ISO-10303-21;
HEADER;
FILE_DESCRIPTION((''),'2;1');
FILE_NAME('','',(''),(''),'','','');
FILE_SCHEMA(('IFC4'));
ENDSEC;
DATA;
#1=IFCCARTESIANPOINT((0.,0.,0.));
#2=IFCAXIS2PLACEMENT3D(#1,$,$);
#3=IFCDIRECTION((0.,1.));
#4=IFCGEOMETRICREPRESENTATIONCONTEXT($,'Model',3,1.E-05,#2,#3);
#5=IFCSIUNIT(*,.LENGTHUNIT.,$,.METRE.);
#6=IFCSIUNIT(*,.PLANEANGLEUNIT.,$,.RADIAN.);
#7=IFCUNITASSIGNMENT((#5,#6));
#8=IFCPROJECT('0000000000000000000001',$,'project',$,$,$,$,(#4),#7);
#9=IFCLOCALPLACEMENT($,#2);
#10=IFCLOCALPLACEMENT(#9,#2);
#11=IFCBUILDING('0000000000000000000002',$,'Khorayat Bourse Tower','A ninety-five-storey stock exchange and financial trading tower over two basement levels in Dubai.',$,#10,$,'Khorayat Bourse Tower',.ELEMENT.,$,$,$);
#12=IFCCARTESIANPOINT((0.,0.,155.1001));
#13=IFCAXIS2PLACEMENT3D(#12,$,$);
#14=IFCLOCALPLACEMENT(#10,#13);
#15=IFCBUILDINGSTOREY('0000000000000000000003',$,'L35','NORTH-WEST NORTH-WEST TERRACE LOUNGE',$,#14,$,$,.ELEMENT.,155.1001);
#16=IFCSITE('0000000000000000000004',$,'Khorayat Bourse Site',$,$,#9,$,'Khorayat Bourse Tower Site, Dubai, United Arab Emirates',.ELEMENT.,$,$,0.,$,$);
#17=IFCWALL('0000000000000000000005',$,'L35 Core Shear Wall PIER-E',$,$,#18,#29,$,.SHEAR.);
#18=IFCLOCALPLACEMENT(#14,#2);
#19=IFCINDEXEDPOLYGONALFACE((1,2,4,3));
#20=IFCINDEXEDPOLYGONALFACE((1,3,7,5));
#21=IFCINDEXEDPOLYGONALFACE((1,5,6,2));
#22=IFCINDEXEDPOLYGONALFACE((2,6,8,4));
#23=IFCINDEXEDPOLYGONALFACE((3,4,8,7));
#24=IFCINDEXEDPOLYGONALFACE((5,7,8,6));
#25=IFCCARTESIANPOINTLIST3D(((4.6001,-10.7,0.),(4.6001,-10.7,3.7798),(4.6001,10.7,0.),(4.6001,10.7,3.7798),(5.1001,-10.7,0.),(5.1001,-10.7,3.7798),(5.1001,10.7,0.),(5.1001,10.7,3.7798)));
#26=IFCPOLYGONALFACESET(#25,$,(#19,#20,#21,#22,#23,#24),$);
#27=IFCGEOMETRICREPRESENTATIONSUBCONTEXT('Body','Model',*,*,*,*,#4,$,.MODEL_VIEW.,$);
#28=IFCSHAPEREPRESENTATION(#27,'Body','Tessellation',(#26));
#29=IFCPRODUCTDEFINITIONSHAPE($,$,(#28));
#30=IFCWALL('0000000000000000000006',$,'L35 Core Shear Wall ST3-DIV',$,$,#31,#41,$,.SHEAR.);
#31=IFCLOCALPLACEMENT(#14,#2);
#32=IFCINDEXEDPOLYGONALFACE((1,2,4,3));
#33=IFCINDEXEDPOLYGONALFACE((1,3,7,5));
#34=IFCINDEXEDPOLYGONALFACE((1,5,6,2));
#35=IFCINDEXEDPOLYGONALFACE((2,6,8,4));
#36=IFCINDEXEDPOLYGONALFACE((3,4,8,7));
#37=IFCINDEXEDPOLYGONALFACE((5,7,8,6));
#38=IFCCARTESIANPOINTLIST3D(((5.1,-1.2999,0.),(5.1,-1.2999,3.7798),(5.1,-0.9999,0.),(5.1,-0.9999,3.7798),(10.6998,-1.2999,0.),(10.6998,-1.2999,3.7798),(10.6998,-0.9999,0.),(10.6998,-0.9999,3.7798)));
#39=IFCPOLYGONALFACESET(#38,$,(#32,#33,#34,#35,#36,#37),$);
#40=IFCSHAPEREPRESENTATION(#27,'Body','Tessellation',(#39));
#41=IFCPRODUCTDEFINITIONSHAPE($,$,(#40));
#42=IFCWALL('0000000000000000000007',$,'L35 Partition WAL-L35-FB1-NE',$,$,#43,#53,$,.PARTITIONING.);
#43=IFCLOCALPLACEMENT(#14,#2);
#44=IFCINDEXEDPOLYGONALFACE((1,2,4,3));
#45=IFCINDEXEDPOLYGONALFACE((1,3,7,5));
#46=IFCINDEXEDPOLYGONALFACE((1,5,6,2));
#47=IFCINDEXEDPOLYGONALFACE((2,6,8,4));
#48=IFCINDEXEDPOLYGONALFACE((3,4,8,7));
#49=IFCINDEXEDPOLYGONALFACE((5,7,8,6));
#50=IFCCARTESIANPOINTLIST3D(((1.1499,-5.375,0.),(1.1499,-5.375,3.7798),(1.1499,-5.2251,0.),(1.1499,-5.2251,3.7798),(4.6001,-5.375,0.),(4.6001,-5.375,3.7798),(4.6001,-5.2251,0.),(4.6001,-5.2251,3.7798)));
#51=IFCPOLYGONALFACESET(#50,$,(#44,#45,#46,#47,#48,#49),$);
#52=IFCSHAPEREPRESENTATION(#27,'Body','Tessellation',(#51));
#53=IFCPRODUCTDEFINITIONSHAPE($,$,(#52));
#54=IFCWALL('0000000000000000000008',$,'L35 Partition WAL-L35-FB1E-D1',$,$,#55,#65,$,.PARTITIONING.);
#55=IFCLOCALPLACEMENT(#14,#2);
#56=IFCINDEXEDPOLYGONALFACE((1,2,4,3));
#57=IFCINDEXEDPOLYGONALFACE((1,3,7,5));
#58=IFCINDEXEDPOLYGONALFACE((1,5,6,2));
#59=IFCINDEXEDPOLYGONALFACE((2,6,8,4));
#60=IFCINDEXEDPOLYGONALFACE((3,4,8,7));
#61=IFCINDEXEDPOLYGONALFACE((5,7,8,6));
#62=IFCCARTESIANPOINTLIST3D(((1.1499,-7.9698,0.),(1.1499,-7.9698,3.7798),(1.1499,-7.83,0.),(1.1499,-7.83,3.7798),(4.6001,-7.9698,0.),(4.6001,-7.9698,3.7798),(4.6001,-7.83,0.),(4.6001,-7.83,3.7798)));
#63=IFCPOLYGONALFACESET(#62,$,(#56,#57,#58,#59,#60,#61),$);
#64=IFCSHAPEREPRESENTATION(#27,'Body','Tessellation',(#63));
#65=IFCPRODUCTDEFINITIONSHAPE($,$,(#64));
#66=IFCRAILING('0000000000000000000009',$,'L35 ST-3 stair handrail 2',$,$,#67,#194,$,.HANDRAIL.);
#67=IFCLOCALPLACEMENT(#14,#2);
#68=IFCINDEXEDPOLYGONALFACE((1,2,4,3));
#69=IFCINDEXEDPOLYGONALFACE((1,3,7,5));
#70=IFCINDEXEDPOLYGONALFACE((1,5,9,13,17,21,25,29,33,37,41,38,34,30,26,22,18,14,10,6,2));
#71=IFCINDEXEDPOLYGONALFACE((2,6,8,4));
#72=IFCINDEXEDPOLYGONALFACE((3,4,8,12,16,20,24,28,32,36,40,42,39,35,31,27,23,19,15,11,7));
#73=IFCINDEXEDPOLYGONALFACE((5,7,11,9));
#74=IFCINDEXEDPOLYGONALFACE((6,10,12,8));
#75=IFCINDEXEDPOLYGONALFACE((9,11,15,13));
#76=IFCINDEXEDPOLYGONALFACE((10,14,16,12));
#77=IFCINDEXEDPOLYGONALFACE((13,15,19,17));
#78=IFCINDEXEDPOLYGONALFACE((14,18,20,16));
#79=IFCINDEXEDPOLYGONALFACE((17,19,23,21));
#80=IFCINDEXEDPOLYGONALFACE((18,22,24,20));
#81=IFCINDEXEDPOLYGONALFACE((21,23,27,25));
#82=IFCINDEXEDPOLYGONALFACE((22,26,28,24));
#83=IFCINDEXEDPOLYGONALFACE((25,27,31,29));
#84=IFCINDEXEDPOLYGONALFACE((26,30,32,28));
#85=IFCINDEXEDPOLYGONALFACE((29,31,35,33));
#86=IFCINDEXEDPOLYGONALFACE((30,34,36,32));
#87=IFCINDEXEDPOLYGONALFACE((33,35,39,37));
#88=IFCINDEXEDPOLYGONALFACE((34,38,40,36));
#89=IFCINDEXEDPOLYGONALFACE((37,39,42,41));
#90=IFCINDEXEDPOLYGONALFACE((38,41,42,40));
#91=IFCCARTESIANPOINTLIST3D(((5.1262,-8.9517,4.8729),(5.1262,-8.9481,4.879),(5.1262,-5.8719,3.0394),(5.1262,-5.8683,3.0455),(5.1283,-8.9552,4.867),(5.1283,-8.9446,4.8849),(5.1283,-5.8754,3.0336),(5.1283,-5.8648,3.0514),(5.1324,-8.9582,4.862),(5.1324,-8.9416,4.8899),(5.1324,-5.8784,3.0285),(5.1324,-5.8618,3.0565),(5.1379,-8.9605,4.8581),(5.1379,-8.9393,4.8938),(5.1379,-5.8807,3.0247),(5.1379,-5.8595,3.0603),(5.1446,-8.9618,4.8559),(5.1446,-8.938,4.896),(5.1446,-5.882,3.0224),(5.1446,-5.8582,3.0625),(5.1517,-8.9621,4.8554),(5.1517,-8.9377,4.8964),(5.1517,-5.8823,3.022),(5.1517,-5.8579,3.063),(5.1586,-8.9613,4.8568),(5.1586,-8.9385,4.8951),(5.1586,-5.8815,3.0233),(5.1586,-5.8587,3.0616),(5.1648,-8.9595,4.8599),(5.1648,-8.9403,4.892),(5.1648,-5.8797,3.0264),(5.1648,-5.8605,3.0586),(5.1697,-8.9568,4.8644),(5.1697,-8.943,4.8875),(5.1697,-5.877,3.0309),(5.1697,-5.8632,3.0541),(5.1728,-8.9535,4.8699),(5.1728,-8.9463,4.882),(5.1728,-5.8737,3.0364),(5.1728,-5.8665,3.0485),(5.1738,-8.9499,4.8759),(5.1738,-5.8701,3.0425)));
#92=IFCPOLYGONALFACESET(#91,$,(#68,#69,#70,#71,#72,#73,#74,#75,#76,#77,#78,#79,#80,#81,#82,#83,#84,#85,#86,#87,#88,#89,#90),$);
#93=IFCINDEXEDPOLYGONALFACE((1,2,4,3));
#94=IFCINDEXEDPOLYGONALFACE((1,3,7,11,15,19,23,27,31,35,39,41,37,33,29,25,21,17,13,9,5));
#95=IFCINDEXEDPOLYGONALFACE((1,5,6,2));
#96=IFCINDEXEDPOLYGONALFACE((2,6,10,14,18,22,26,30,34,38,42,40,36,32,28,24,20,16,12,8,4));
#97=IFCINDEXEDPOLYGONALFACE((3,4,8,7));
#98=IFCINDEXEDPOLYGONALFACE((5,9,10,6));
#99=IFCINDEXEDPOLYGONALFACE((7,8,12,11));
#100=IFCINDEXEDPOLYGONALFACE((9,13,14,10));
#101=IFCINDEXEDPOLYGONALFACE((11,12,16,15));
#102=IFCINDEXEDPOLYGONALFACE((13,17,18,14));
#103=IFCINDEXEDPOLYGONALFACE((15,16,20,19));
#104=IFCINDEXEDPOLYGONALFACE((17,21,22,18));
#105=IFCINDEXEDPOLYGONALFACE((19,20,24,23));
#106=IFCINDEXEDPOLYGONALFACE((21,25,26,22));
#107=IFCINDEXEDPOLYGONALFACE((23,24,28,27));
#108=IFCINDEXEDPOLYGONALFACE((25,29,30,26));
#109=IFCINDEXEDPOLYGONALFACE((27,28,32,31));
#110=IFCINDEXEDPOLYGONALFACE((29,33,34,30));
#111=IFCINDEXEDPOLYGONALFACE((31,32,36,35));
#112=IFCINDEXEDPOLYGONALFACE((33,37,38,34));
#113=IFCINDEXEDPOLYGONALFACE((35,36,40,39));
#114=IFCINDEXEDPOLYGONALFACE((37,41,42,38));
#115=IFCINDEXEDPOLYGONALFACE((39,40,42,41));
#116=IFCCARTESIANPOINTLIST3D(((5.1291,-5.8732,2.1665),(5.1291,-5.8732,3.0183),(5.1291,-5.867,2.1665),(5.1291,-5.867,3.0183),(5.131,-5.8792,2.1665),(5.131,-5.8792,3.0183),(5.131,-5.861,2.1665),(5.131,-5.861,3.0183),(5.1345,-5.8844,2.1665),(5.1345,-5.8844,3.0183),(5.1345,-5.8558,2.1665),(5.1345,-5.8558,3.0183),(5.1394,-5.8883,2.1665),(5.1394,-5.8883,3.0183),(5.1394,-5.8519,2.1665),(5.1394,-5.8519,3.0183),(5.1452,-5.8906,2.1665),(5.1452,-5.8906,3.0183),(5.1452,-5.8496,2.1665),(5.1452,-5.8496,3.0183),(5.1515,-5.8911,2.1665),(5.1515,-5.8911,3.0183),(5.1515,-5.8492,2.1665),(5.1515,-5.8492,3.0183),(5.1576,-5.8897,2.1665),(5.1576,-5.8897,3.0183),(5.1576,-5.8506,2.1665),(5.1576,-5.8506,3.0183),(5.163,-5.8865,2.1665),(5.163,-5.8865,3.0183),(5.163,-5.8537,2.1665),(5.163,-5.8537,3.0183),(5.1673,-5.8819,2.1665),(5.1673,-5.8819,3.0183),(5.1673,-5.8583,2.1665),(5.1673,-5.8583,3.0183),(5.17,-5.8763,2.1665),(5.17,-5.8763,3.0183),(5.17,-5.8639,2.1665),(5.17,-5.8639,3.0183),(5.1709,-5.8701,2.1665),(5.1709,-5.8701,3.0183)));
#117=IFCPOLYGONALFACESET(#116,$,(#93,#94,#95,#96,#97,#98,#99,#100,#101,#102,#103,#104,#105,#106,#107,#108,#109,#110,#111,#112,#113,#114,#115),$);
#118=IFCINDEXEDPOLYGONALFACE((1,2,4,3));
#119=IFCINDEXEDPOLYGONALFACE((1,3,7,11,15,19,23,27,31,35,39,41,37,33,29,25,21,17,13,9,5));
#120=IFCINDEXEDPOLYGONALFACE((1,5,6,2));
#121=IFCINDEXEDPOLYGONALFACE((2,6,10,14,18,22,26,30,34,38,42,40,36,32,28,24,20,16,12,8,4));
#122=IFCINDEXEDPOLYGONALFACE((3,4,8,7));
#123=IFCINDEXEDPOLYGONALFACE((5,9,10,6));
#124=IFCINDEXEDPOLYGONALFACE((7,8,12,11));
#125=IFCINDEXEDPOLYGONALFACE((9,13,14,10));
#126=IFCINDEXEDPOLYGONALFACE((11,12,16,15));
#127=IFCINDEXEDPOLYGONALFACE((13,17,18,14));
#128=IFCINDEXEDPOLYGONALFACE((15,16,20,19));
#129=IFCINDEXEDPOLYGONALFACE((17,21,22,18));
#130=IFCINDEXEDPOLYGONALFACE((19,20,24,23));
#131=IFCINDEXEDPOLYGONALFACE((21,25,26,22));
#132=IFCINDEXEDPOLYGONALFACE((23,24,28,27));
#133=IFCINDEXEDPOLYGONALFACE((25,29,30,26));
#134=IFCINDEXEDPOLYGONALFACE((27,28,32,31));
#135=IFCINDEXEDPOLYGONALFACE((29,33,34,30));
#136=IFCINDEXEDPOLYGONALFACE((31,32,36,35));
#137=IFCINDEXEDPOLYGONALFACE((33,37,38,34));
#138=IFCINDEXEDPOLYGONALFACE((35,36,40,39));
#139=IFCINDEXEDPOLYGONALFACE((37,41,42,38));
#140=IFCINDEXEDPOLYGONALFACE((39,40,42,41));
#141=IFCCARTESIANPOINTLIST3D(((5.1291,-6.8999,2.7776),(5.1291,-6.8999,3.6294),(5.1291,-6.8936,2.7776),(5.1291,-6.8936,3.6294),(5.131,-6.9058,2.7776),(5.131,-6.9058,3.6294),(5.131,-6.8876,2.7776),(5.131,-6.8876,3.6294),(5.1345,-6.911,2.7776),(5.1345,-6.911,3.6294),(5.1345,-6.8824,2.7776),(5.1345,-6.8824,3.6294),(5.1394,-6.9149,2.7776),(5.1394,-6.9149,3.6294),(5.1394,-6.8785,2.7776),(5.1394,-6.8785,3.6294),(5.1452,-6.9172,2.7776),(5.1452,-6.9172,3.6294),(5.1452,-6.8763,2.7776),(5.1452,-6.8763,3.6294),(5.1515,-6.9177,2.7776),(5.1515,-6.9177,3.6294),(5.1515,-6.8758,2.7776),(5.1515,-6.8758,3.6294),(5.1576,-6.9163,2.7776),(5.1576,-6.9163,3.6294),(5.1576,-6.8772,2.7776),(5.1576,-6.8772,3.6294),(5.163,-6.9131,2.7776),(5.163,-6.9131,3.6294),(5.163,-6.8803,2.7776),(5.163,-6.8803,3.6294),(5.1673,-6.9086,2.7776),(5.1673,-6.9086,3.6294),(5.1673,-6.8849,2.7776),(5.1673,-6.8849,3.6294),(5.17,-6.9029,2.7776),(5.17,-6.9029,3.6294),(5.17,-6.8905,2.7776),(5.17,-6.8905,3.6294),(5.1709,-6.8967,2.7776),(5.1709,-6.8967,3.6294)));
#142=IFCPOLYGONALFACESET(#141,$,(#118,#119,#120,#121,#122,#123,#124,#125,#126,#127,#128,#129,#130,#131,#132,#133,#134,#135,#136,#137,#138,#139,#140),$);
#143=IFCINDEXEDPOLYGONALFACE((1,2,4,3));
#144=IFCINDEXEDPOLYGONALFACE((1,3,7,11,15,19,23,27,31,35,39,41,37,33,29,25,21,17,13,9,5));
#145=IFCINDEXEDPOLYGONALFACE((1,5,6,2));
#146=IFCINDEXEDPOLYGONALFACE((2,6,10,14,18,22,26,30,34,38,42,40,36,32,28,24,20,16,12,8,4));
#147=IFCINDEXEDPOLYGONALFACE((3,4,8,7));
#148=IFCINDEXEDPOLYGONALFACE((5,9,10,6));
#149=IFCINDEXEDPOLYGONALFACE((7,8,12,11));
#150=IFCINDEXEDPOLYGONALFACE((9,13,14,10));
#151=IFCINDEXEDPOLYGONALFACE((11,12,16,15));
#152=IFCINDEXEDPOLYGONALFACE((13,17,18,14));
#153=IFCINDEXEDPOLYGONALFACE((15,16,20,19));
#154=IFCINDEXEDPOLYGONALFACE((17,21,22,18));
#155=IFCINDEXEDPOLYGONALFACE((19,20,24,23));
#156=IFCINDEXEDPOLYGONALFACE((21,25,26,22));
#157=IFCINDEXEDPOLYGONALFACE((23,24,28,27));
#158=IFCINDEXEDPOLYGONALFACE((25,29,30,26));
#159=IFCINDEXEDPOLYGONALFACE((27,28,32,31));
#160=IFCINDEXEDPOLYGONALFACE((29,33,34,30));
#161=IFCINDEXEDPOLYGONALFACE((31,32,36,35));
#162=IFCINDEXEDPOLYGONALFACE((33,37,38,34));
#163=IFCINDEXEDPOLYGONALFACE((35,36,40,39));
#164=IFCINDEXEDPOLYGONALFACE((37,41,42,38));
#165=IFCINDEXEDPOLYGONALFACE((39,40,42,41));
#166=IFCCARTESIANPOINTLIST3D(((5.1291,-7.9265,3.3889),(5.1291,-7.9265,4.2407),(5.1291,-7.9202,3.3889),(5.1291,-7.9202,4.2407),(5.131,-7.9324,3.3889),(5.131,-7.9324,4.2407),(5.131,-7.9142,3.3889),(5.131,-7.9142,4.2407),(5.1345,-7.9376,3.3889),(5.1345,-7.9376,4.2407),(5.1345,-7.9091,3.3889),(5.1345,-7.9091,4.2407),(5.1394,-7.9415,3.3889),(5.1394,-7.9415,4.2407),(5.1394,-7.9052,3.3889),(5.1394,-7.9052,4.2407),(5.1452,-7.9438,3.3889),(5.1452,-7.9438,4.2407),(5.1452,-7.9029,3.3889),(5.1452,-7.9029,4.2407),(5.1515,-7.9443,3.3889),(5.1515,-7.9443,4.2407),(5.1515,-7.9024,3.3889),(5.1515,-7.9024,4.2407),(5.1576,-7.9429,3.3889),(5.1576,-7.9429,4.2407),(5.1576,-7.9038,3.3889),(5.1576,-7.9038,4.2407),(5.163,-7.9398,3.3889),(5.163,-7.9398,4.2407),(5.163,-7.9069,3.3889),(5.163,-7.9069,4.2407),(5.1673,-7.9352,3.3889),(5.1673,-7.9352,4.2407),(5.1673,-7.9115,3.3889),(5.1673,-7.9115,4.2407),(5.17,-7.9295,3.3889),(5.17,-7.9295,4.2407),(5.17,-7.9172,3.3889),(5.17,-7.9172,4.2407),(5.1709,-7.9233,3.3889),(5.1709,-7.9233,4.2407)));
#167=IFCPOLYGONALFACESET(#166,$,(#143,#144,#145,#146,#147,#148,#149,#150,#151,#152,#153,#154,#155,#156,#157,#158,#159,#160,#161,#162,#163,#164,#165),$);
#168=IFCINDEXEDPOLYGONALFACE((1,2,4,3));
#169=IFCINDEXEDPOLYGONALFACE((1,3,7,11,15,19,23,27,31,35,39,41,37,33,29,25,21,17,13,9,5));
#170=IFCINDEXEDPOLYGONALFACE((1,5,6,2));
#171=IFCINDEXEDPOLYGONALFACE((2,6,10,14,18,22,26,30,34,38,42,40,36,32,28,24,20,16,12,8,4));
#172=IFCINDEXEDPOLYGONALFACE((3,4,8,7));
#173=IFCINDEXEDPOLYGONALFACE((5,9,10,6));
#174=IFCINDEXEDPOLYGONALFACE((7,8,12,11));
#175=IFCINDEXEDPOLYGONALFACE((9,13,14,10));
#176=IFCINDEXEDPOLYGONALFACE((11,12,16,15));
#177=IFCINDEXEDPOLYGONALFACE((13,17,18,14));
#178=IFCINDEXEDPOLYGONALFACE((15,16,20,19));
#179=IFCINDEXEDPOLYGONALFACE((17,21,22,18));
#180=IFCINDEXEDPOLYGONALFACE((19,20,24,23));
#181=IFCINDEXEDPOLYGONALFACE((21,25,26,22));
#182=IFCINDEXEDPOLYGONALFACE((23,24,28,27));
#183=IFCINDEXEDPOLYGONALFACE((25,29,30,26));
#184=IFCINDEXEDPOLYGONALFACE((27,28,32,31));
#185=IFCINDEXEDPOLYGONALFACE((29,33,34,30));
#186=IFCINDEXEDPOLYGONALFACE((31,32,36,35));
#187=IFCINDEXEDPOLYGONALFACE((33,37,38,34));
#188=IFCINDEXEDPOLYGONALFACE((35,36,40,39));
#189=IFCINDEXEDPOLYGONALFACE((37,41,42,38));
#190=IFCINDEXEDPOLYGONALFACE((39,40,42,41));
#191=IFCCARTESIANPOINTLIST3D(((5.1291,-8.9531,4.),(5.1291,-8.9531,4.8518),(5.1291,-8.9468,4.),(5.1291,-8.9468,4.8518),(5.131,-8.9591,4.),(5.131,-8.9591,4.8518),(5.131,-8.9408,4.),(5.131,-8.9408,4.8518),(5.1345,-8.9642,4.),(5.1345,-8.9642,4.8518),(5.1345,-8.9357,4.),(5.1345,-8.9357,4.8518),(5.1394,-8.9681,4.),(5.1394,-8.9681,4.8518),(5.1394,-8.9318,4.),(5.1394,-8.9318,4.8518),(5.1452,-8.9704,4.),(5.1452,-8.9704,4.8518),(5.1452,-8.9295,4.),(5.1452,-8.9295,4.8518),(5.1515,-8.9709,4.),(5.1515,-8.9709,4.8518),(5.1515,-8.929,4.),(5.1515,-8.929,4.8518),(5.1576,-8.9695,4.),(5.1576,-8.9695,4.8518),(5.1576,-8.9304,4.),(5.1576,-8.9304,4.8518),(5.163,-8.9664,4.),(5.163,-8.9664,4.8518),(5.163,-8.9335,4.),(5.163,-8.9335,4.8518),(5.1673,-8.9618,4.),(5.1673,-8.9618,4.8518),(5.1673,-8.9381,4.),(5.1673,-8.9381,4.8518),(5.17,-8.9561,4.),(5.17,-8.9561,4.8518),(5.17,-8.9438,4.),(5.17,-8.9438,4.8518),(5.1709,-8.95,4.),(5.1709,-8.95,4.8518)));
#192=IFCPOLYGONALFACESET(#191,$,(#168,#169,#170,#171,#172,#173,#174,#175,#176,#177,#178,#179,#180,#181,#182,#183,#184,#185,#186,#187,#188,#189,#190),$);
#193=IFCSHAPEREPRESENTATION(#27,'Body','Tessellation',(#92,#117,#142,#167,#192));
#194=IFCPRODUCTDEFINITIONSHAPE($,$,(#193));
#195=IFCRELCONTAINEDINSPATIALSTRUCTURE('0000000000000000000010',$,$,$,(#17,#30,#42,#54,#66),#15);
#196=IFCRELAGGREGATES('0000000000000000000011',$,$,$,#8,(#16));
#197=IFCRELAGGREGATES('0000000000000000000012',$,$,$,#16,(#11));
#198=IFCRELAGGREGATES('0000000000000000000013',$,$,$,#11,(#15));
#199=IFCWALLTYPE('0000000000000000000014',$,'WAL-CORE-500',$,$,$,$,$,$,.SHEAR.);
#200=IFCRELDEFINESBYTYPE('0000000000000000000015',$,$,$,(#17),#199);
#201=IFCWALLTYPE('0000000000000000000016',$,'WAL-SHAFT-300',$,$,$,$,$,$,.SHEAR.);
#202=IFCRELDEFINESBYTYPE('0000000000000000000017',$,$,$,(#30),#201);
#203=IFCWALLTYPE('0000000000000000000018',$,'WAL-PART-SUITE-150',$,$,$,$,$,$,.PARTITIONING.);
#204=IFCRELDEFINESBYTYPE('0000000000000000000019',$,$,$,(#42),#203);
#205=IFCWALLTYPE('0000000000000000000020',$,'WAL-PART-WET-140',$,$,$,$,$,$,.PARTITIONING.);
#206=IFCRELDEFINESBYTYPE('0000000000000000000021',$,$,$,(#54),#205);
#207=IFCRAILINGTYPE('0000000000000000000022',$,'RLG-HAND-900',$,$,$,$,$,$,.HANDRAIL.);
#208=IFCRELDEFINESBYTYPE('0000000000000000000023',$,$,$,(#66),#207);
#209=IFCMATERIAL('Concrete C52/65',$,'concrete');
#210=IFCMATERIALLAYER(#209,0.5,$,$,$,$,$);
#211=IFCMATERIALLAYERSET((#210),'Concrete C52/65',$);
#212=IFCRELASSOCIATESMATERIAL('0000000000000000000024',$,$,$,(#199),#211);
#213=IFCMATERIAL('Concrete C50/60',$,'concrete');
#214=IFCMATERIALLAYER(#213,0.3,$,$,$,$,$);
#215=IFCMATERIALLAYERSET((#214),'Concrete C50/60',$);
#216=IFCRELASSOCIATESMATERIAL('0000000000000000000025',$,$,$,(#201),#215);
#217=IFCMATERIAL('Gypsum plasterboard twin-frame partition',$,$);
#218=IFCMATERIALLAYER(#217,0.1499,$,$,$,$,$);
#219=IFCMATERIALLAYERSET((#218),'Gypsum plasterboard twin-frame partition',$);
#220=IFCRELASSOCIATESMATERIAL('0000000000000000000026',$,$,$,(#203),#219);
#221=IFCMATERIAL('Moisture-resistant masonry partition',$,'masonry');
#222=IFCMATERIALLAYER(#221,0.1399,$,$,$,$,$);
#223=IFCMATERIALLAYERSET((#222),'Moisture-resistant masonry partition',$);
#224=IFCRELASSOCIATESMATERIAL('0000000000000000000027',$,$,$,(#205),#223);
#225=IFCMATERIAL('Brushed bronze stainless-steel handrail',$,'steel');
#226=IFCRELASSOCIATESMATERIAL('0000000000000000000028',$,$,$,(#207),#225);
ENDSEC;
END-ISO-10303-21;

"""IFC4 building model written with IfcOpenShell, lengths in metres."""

from ifc_helpers import new_model, si_unit, direction, frame, frame_2d, origin, origin_2d, place, context, subcontext, project, spatial, rectangle, circle, extrude, source, transform, mapped, material, layer, layer_set, type_object, element, save


model = new_model("IFC4")

# Units and contexts
model_context = context("Model", 3, precision=1e-05, world=origin(), true_north=direction((0.0, 1.0)))
body_context = subcontext(model_context, "Body", "Model", "MODEL_VIEW")
ifc_project = project(units=[si_unit("LENGTHUNIT", "METRE"), si_unit("PLANEANGLEUNIT", "RADIAN")], contexts=[model_context])

# Site, building, storey
site_placement = place(None, origin())
site = spatial("IfcSite", under=ifc_project, at=site_placement, Name="Khorayat Bourse Site", LongName="Khorayat Bourse Tower Site, Dubai, United Arab Emirates", CompositionType="ELEMENT", RefElevation=0.0)
building_placement = place(site_placement, origin())
building = spatial("IfcBuilding", under=site, at=building_placement, Name="Khorayat Bourse Tower", Description="A ninety-five-storey stock exchange and financial trading tower over two basement levels in Dubai.", LongName="Khorayat Bourse Tower", CompositionType="ELEMENT")
storey_placement = place(building_placement, frame((0.0, 0.0, 155.1001)))
storey = spatial("IfcBuildingStorey", under=building, at=storey_placement, Name="L35", Description="NORTH-WEST NORTH-WEST TERRACE LOUNGE", CompositionType="ELEMENT", Elevation=155.1001)

# Walls
ifc_material_1 = material(Name="Concrete C52/65", Category="concrete")
ifc_layer_1 = layer(ifc_material_1, 0.5)
ifc_layer_set_1 = layer_set([ifc_layer_1], Name="Concrete C52/65")
wall_type_1 = type_object("IfcWallType", Name="WAL-CORE-500", PredefinedType="SHEAR", material=ifc_layer_set_1)
shared_shape_1 = source(origin(), body_context, "Body", "SweptSolid", [
    extrude(rectangle(XDim=21.3999, YDim=0.5, at=frame_2d((10.7, 0.0))), origin(), (0.0, 0.0, 1.0), 3.7798),
])
wall_1_placement = place(storey_placement, frame((4.8501, -10.7, 0.0), z_axis=(0.0, 0.0, 1.0), x_axis=(0.0, 1.0, 0.0)))
element("IfcWall", 1, at=wall_1_placement, inside=storey, type_object=wall_type_1, Name="L35 Core Shear Wall PIER-E", PredefinedType="SHEAR", context=body_context, shape_type="MappedRepresentation", body=[
    mapped(shared_shape_1, transform((0.0, 0.0, 0.0), scale=1.0)),
])
ifc_material_2 = material(Name="Concrete C50/60", Category="concrete")
ifc_layer_2 = layer(ifc_material_2, 0.3)
ifc_layer_set_2 = layer_set([ifc_layer_2], Name="Concrete C50/60")
wall_type_2 = type_object("IfcWallType", Name="WAL-SHAFT-300", PredefinedType="SHEAR", material=ifc_layer_set_2)
shared_shape_2 = source(origin(), body_context, "Body", "SweptSolid", [
    extrude(rectangle(XDim=5.5999, YDim=0.3, at=frame_2d((2.7998, 0.0))), origin(), (0.0, 0.0, 1.0), 3.7798),
])
wall_2_placement = place(storey_placement, frame((5.1001, -1.1499, 0.0), z_axis=(0.0, 0.0, 1.0), x_axis=(1.0, 0.0, 0.0)))
element("IfcWall", 2, at=wall_2_placement, inside=storey, type_object=wall_type_2, Name="L35 Core Shear Wall ST3-DIV", PredefinedType="SHEAR", context=body_context, shape_type="MappedRepresentation", body=[
    mapped(shared_shape_2, transform((0.0, 0.0, 0.0), scale=1.0)),
])
ifc_material_3 = material(Name="Gypsum plasterboard twin-frame partition")
ifc_layer_3 = layer(ifc_material_3, 0.1499)
ifc_layer_set_3 = layer_set([ifc_layer_3], Name="Gypsum plasterboard twin-frame partition")
wall_type_3 = type_object("IfcWallType", Name="WAL-PART-SUITE-150", PredefinedType="PARTITIONING", material=ifc_layer_set_3)
shared_shape_3 = source(origin(), body_context, "Body", "SweptSolid", [
    extrude(rectangle(XDim=3.4502, YDim=0.1499, at=frame_2d((1.7251, 0.0))), origin(), (0.0, 0.0, 1.0), 3.7798),
])
wall_3_placement = place(storey_placement, frame((1.1499, -5.3, 0.0), z_axis=(0.0, 0.0, 1.0), x_axis=(1.0, 0.0, 0.0)))
element("IfcWall", 3, at=wall_3_placement, inside=storey, type_object=wall_type_3, Name="L35 Partition WAL-L35-FB1-NE", PredefinedType="PARTITIONING", context=body_context, shape_type="MappedRepresentation", body=[
    mapped(shared_shape_3, transform((0.0, 0.0, 0.0), scale=1.0)),
])
ifc_material_4 = material(Name="Moisture-resistant masonry partition", Category="masonry")
ifc_layer_4 = layer(ifc_material_4, 0.1399)
ifc_layer_set_4 = layer_set([ifc_layer_4], Name="Moisture-resistant masonry partition")
wall_type_4 = type_object("IfcWallType", Name="WAL-PART-WET-140", PredefinedType="PARTITIONING", material=ifc_layer_set_4)
shared_shape_4 = source(origin(), body_context, "Body", "SweptSolid", [
    extrude(rectangle(XDim=3.4502, YDim=0.1399, at=frame_2d((1.7251, 0.0))), origin(), (0.0, 0.0, 1.0), 3.7798),
])
wall_4_placement = place(storey_placement, frame((1.1499, -7.8999, 0.0), z_axis=(0.0, 0.0, 1.0), x_axis=(1.0, 0.0, 0.0)))
element("IfcWall", 4, at=wall_4_placement, inside=storey, type_object=wall_type_4, Name="L35 Partition WAL-L35-FB1E-D1", PredefinedType="PARTITIONING", context=body_context, shape_type="MappedRepresentation", body=[
    mapped(shared_shape_4, transform((0.0, 0.0, 0.0), scale=1.0)),
])

# Railing
ifc_material_5 = material(Name="Brushed bronze stainless-steel handrail", Category="steel")
railing_type = type_object("IfcRailingType", Name="RLG-HAND-900", PredefinedType="HANDRAIL", material=ifc_material_5)
shared_shape_5 = source(origin(), body_context, "Body", "SweptSolid", [
    extrude(circle(Radius=0.0239, at=origin_2d()), frame((0.0, 0.0, 0.876), z_axis=(0.0, -0.859261, 0.511538), x_axis=(1.0, 0.0, 0.0)), (0.0, 0.0, 1.0), 3.5842),
    extrude(circle(Radius=0.021, at=origin_2d()), origin(), (0.0, 0.0, 1.0), 0.8518),
    extrude(circle(Radius=0.021, at=origin_2d()), frame((0.0, -1.0266, 0.6111)), (0.0, 0.0, 1.0), 0.8518),
    extrude(circle(Radius=0.021, at=origin_2d()), frame((0.0, -2.0532, 1.2224)), (0.0, 0.0, 1.0), 0.8518),
    extrude(circle(Radius=0.021, at=origin_2d()), frame((0.0, -3.0798, 1.8335)), (0.0, 0.0, 1.0), 0.8518),
])
railing_placement = place(storey_placement, frame((5.1499, -5.8701, 2.1665)))
element("IfcRailing", 5, at=railing_placement, inside=storey, type_object=railing_type, Name="L35 ST-3 stair handrail 2", PredefinedType="HANDRAIL", context=body_context, shape_type="MappedRepresentation", body=[
    mapped(shared_shape_5, transform((0.0, 0.0, 0.0), scale=1.0)),
])

save(model, "model.ifc")
